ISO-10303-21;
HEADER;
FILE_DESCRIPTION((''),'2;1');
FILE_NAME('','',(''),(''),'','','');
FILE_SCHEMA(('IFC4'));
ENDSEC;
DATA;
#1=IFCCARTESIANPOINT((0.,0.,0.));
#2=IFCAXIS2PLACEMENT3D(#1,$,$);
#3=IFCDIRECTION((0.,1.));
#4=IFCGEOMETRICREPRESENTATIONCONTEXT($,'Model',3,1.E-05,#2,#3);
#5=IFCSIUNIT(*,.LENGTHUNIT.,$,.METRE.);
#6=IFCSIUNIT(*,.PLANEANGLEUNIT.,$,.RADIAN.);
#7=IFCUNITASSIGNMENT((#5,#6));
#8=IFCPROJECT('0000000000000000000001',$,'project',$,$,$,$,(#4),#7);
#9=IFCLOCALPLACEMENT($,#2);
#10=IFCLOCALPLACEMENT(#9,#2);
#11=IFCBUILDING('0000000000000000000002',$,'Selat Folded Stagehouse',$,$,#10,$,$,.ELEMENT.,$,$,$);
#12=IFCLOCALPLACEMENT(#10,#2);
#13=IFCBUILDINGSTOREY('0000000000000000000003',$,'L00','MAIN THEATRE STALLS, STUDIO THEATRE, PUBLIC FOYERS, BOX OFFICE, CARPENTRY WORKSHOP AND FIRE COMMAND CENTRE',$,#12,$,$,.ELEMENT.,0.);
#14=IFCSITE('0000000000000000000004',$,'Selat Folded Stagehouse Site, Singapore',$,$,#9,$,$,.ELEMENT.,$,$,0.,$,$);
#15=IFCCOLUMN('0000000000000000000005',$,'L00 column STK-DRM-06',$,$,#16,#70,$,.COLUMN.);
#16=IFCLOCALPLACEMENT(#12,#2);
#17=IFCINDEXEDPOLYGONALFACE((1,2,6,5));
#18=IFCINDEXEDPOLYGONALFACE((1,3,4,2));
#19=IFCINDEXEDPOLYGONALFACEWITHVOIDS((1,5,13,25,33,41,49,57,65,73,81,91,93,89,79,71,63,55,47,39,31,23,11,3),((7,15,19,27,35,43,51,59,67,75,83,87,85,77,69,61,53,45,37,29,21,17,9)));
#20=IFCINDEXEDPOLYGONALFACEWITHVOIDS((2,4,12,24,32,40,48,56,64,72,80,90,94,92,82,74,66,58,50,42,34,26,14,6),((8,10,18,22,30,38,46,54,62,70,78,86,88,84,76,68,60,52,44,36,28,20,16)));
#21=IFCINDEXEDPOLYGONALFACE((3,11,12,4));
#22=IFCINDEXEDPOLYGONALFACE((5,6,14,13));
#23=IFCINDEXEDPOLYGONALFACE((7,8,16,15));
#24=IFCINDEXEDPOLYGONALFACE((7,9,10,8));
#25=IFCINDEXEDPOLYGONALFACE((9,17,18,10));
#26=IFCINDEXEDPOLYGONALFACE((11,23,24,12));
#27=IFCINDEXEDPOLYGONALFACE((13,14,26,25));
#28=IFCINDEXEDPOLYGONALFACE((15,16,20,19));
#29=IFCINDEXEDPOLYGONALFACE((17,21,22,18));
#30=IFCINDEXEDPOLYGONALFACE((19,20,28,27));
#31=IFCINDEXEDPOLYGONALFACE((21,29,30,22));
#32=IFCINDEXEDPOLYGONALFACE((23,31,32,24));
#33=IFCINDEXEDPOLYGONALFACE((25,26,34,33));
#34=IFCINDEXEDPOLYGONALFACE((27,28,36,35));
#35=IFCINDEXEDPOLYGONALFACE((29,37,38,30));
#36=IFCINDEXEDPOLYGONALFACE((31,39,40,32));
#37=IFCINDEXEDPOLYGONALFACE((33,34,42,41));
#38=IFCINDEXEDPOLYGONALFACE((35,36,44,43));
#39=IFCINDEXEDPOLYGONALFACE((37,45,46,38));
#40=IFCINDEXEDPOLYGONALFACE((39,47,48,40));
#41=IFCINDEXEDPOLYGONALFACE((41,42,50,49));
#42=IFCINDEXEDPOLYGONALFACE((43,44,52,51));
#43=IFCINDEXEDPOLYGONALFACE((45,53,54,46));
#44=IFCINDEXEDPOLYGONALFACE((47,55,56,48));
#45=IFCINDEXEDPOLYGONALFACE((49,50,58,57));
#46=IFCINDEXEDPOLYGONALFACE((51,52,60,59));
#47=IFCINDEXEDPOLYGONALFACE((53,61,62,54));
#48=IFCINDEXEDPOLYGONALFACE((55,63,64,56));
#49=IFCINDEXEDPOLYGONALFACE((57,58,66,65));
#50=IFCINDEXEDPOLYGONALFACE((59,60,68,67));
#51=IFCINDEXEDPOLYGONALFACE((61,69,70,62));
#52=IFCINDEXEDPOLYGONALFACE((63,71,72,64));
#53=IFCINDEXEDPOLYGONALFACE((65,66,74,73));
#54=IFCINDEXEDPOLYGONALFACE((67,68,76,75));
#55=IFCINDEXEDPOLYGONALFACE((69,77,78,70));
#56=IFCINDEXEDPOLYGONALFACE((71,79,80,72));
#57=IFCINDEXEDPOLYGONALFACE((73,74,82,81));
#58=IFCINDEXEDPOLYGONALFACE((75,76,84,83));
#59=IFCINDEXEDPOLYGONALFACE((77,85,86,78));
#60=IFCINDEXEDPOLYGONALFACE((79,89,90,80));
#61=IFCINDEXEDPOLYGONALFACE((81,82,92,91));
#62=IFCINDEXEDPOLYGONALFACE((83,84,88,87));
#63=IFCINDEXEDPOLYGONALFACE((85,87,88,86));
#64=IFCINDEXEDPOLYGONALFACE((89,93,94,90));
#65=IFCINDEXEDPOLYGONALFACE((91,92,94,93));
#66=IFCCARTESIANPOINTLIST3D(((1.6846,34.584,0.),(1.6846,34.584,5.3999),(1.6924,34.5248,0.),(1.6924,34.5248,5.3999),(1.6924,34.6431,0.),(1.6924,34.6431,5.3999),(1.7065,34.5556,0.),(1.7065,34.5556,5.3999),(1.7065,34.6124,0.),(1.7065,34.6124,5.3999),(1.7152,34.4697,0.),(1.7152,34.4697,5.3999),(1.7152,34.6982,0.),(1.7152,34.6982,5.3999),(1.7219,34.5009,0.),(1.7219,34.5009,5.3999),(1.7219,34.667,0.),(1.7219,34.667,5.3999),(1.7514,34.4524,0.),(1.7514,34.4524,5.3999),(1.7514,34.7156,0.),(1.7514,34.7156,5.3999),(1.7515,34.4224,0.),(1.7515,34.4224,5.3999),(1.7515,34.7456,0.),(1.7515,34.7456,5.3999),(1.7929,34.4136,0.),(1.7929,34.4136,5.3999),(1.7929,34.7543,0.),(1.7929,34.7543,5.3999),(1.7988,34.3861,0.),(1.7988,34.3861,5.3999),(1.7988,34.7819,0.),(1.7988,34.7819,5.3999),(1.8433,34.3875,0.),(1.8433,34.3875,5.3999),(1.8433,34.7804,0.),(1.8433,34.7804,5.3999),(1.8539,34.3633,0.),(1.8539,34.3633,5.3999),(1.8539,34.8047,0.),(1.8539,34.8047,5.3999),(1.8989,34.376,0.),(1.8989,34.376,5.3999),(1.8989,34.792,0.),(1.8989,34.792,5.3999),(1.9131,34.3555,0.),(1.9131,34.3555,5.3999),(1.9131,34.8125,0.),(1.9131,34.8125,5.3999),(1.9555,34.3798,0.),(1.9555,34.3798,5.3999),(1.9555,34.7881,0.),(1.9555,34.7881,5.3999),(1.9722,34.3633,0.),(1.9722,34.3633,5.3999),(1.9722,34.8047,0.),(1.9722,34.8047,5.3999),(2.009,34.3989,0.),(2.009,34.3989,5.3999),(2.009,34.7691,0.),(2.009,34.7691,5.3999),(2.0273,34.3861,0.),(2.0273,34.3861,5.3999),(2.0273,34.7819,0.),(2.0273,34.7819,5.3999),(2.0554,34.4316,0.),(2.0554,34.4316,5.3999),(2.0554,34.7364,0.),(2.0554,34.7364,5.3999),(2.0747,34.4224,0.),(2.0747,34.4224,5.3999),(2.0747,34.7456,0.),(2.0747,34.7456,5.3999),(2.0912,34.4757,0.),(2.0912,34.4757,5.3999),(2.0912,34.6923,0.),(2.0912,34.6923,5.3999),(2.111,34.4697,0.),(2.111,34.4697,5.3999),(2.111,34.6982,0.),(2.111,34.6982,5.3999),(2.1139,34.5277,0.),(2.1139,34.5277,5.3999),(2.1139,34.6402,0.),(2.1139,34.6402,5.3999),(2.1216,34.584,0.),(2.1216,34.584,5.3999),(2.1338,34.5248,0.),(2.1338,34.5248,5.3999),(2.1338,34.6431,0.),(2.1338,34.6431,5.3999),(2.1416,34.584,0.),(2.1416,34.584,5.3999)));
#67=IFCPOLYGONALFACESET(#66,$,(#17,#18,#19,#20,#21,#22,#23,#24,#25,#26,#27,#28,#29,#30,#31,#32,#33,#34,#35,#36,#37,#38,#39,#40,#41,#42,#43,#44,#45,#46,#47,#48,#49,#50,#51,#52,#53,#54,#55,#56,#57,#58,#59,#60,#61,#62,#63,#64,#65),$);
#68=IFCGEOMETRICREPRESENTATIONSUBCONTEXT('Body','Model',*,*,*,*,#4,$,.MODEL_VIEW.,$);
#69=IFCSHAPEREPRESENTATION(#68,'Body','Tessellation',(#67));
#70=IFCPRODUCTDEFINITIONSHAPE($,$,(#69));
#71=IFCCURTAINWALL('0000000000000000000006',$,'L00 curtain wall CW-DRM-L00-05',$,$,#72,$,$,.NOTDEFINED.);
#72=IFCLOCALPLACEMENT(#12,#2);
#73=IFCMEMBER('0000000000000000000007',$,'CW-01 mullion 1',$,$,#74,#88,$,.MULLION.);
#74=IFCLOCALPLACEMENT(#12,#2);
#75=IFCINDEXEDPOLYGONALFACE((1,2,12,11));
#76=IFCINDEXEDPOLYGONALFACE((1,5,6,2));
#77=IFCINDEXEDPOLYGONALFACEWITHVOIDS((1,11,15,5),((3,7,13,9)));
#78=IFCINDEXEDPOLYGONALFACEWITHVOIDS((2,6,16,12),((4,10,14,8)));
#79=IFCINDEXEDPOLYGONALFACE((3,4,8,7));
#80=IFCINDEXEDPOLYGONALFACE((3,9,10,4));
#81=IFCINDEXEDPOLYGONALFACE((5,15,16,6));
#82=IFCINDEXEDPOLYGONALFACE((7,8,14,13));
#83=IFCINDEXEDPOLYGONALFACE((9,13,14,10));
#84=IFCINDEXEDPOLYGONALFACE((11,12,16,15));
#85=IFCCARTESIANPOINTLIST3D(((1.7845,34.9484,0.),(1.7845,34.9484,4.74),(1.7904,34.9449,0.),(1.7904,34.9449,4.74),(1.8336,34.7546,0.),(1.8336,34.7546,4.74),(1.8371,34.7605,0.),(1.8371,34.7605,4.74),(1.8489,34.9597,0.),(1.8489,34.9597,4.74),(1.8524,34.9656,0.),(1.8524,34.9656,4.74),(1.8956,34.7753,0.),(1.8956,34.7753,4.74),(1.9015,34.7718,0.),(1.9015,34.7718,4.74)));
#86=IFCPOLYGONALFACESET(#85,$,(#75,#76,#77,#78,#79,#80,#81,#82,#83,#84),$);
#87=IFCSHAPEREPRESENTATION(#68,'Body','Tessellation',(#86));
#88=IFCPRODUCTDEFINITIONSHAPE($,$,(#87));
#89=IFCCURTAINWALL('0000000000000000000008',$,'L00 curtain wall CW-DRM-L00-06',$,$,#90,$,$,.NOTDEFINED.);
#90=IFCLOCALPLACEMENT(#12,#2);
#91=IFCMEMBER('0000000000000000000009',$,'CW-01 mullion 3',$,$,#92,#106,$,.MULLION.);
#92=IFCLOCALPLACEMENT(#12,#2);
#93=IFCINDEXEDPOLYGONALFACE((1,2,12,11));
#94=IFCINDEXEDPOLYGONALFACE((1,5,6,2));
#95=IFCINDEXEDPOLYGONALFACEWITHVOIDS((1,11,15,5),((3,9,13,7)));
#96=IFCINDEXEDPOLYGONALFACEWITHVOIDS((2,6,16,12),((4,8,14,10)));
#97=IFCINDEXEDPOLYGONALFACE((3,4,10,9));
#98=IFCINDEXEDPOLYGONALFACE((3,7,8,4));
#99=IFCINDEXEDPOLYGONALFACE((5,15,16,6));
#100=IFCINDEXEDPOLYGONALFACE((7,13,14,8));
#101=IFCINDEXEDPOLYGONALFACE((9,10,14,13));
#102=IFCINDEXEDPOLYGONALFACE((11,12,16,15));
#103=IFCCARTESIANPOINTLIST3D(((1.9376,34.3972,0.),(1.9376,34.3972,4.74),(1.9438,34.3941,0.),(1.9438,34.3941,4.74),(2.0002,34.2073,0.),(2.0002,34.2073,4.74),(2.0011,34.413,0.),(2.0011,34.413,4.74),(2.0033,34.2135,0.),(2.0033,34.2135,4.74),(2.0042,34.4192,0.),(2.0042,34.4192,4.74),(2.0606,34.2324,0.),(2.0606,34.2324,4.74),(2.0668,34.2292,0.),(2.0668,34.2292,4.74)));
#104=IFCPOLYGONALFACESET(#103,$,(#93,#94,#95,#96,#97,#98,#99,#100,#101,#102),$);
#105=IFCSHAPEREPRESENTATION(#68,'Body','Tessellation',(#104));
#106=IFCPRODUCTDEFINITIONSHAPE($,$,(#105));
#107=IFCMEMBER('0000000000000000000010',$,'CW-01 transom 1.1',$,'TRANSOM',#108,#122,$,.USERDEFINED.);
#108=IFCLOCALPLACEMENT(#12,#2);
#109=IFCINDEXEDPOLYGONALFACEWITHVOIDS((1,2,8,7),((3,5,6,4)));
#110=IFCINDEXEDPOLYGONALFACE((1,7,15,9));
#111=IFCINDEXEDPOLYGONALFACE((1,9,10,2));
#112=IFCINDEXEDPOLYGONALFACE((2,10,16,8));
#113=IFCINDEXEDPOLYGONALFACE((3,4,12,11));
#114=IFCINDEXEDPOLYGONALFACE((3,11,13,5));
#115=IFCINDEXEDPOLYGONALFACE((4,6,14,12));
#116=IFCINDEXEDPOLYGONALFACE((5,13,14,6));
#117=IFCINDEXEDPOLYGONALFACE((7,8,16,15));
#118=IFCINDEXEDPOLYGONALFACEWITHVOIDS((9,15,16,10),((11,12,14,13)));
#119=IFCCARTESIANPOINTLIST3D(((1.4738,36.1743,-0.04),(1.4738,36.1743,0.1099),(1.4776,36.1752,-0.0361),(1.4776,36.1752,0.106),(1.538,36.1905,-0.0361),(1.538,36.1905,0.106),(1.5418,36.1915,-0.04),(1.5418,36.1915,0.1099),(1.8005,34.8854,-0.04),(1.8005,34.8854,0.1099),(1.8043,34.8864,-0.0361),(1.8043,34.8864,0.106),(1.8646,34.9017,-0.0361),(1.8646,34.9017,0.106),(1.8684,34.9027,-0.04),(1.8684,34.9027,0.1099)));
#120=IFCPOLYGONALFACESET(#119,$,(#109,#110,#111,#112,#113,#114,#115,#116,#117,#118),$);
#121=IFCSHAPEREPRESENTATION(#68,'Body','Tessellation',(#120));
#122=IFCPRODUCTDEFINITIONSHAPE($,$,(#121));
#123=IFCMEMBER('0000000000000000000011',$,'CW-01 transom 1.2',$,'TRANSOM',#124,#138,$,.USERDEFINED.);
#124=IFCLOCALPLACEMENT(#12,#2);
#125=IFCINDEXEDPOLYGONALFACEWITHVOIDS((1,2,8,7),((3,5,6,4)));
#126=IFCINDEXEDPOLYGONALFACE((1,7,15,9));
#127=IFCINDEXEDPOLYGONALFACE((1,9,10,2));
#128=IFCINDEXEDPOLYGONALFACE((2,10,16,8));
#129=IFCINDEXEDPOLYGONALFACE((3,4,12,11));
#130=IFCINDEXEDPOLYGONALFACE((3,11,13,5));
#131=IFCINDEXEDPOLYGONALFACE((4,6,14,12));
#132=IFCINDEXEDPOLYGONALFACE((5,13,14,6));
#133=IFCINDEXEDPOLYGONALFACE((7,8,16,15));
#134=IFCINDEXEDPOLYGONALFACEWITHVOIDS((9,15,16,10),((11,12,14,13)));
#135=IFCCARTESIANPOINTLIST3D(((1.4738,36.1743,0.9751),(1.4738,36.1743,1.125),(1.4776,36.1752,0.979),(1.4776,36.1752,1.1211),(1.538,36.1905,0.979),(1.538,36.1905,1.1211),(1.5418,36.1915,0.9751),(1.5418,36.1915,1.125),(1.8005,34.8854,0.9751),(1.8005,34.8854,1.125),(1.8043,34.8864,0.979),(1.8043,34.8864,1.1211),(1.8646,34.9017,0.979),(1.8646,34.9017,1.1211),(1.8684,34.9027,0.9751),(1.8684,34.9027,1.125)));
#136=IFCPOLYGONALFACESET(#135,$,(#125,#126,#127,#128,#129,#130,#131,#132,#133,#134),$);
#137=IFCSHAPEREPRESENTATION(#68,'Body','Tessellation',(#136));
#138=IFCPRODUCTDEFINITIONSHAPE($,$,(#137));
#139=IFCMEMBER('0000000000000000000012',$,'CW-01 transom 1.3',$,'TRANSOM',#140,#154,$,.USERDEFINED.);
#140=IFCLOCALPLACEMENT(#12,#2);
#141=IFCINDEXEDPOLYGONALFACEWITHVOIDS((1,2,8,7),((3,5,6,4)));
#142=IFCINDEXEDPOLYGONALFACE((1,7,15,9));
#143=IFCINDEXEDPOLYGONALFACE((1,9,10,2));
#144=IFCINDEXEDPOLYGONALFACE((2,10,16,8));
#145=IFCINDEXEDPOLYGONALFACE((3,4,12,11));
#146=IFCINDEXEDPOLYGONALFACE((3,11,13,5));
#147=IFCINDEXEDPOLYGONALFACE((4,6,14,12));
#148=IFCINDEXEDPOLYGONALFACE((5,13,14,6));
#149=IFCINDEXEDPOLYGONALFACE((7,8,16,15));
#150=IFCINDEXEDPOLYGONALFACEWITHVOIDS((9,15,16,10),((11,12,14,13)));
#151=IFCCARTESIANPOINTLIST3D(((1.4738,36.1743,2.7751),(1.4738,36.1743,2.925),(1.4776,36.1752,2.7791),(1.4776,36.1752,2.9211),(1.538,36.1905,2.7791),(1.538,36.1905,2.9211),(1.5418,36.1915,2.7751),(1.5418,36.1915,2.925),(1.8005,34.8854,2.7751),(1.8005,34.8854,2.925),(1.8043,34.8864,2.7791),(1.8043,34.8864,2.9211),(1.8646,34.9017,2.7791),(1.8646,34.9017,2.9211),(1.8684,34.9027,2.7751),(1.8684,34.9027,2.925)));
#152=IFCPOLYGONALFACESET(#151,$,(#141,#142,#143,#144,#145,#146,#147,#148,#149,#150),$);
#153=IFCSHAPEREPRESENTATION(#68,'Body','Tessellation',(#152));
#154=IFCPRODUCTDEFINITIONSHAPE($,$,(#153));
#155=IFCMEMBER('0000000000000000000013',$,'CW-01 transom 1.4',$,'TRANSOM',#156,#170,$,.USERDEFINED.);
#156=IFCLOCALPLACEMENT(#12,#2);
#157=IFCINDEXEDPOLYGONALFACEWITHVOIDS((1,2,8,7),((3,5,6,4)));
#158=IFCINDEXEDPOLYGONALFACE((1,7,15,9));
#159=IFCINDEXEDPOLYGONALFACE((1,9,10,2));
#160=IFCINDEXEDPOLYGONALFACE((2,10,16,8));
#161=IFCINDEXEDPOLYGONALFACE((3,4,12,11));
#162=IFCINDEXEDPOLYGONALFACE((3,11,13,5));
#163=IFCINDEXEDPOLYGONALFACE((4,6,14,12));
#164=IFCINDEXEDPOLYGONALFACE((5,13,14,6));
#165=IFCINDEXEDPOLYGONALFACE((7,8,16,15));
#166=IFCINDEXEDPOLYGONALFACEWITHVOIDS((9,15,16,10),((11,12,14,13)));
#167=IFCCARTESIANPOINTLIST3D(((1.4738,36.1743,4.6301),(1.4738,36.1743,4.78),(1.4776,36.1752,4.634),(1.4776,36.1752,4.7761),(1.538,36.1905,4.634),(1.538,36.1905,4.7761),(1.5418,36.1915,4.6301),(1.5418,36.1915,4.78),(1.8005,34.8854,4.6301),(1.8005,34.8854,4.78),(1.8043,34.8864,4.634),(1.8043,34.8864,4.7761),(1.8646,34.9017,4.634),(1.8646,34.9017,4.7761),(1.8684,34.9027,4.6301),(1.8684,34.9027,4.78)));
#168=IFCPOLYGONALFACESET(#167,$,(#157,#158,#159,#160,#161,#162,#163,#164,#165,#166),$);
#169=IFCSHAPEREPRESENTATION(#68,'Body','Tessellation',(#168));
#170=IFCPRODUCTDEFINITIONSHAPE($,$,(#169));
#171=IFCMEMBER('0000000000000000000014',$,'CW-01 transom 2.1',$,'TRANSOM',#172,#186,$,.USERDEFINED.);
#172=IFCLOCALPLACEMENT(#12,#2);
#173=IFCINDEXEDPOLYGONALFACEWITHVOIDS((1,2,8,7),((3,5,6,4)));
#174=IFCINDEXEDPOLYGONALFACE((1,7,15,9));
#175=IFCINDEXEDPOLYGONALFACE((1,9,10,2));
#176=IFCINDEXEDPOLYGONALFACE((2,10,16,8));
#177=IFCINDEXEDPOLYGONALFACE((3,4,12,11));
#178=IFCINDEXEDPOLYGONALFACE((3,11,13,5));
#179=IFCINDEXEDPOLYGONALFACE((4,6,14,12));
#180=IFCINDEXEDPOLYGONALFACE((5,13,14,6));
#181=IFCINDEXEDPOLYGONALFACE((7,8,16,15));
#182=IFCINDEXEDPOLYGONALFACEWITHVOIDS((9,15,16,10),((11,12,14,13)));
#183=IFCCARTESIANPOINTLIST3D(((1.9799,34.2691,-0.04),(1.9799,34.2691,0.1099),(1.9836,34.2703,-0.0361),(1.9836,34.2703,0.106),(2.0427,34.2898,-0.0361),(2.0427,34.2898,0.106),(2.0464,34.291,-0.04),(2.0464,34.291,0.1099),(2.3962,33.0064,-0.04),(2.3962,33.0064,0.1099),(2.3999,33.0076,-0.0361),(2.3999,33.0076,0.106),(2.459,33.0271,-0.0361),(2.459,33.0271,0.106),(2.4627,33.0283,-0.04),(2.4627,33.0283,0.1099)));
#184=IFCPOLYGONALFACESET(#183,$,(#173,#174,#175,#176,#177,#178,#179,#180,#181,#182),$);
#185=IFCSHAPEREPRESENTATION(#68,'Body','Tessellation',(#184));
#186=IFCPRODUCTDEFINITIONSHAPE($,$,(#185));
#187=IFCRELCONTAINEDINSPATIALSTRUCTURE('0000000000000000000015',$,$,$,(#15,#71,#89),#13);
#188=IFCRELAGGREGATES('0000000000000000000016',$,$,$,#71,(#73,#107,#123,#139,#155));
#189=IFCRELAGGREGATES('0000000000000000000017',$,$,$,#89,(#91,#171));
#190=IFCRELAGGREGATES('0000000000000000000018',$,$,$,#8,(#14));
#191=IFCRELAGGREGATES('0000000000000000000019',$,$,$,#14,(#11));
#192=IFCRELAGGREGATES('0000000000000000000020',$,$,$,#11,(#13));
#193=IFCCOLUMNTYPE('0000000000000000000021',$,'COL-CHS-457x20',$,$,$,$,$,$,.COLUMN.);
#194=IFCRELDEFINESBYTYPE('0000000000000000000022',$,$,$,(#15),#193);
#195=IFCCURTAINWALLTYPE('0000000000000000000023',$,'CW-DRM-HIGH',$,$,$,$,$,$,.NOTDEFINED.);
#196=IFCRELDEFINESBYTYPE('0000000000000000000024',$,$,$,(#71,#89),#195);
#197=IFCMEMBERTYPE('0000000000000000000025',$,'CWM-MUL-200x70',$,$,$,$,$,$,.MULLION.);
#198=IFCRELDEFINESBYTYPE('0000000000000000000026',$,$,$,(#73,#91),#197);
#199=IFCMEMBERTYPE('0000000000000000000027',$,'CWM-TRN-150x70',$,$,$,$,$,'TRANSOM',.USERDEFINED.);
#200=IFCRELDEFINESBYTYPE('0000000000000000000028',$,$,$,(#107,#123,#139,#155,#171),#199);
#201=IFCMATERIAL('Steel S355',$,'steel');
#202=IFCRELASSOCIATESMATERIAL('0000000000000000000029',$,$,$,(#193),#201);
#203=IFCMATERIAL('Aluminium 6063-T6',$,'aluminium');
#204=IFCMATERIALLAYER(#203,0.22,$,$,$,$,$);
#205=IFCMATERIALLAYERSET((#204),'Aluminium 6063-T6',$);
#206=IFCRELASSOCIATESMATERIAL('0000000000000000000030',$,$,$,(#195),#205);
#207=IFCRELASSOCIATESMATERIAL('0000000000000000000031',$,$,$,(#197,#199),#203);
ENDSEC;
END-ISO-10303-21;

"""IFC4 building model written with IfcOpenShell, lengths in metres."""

from ifc_helpers import new_model, si_unit, direction, frame, origin, origin_2d, place, context, subcontext, project, spatial, hollow_rectangle, hollow_circle, extrude, material, layer, layer_set, material_profile, profile_set, type_object, element, aggregate, save


model = new_model("IFC4")

# Units and contexts
model_context = context("Model", 3, precision=1e-05, world=origin(), true_north=direction((0.0, 1.0)))
body_context = subcontext(model_context, "Body", "Model", "MODEL_VIEW")
ifc_project = project(units=[si_unit("LENGTHUNIT", "METRE"), si_unit("PLANEANGLEUNIT", "RADIAN")], contexts=[model_context])

# Site, building, storey
site_placement = place(None, origin())
site = spatial("IfcSite", under=ifc_project, at=site_placement, Name="Selat Folded Stagehouse Site, Singapore", CompositionType="ELEMENT", RefElevation=0.0)
building_placement = place(site_placement, origin())
building = spatial("IfcBuilding", under=site, at=building_placement, Name="Selat Folded Stagehouse", CompositionType="ELEMENT")
storey_placement = place(building_placement, origin())
storey = spatial("IfcBuildingStorey", under=building, at=storey_placement, Name="L00", Description="MAIN THEATRE STALLS, STUDIO THEATRE, PUBLIC FOYERS, BOX OFFICE, CARPENTRY WORKSHOP AND FIRE COMMAND CENTRE", CompositionType="ELEMENT", Elevation=0.0)

# Column
ifc_material_1 = material(Name="Steel S355", Category="steel")
ifc_material_profile_1 = material_profile(ifc_material_1, hollow_circle(Radius=0.2285, WallThickness=0.02, at=origin_2d()), Name="CHS 457.0x20.0")
ifc_profile_set_1 = profile_set([ifc_material_profile_1], Name="Steel S355")
column_type = type_object("IfcColumnType", Name="COL-CHS-457x20", PredefinedType="COLUMN", material=ifc_profile_set_1)
column_placement = place(storey_placement, frame((1.9131, 34.584, 0.0), z_axis=(0.0, 0.0, 1.0), x_axis=(1.0, 0.0, 0.0)))
element("IfcColumn", 1, at=column_placement, inside=storey, type_object=column_type, Name="L00 column STK-DRM-06", PredefinedType="COLUMN", context=body_context, shape_type="SweptSolid", body=[
    extrude(hollow_circle(Radius=0.2285, WallThickness=0.02, at=origin_2d()), origin(), (0.0, 0.0, 1.0), 5.3999),
])

# Curtain walls, members
ifc_material_2 = material(Name="Aluminium 6063-T6", Category="aluminium")
ifc_layer_1 = layer(ifc_material_2, 0.22)
ifc_layer_set_1 = layer_set([ifc_layer_1], Name="Aluminium 6063-T6")
curtain_wall_type = type_object("IfcCurtainWallType", Name="CW-DRM-HIGH", PredefinedType="NOTDEFINED", material=ifc_layer_set_1)
curtain_wall_1_placement = place(storey_placement, origin())
curtain_wall_1 = element("IfcCurtainWall", 2, at=curtain_wall_1_placement, inside=storey, type_object=curtain_wall_type, Name="L00 curtain wall CW-DRM-L00-05", PredefinedType="NOTDEFINED")
ifc_material_profile_2 = material_profile(ifc_material_2, hollow_rectangle(XDim=0.0701, YDim=0.2, WallThickness=0.0049, at=origin_2d()), Name="ALU 200x70x5.0")
ifc_profile_set_2 = profile_set([ifc_material_profile_2], Name="Aluminium 6063-T6")
member_type_1 = type_object("IfcMemberType", Name="CWM-MUL-200x70", PredefinedType="MULLION", material=ifc_profile_set_2)
member_1_placement = place(storey_placement, frame((1.843, 34.8601, 0.0), z_axis=(0.0, 0.0, 1.0), x_axis=(-0.969367, -0.245618, 0.0)))
member_1 = element("IfcMember", 3, at=member_1_placement, type_object=member_type_1, Name="CW-01 mullion 1", PredefinedType="MULLION", context=body_context, shape_type="SweptSolid", body=[
    extrude(hollow_rectangle(XDim=0.0701, YDim=0.2, WallThickness=0.0049, at=origin_2d()), origin(), (0.0, 0.0, 1.0), 4.74),
])
curtain_wall_2_placement = place(storey_placement, origin())
curtain_wall_2 = element("IfcCurtainWall", 4, at=curtain_wall_2_placement, inside=storey, type_object=curtain_wall_type, Name="L00 curtain wall CW-DRM-L00-06", PredefinedType="NOTDEFINED")
member_2_placement = place(storey_placement, frame((2.0022, 34.3132, 0.0), z_axis=(0.0, 0.0, 1.0), x_axis=(-0.949755, -0.312995, 0.0)))
member_2 = element("IfcMember", 5, at=member_2_placement, type_object=member_type_1, Name="CW-01 mullion 3", PredefinedType="MULLION", context=body_context, shape_type="SweptSolid", body=[
    extrude(hollow_rectangle(XDim=0.0701, YDim=0.2, WallThickness=0.0049, at=origin_2d()), origin(), (0.0, 0.0, 1.0), 4.74),
])

# Members
ifc_material_profile_3 = material_profile(ifc_material_2, hollow_rectangle(XDim=0.0701, YDim=0.1499, WallThickness=0.0039, at=origin_2d()), Name="ALU 150x70x4.0")
ifc_profile_set_3 = profile_set([ifc_material_profile_3], Name="Aluminium 6063-T6")
member_type_2 = type_object("IfcMemberType", Name="CWM-TRN-150x70", ElementType="TRANSOM", PredefinedType="USERDEFINED", material=ifc_profile_set_3)
member_3_placement = place(storey_placement, frame((1.8345, 34.894, 0.0349), z_axis=(-0.245688, 0.969349, 0.0), x_axis=(-0.969349, -0.245688, 0.0)))
member_3 = element("IfcMember", 6, at=member_3_placement, type_object=member_type_2, Name="CW-01 transom 1.1", ObjectType="TRANSOM", PredefinedType="USERDEFINED", context=body_context, shape_type="SweptSolid", body=[
    extrude(hollow_rectangle(XDim=0.0701, YDim=0.1499, WallThickness=0.0039, at=origin_2d()), origin(), (0.0, 0.0, 1.0), 1.3296),
])
member_4_placement = place(storey_placement, frame((1.8345, 34.894, 1.05), z_axis=(-0.245688, 0.969349, 0.0), x_axis=(-0.969349, -0.245688, 0.0)))
member_4 = element("IfcMember", 7, at=member_4_placement, type_object=member_type_2, Name="CW-01 transom 1.2", ObjectType="TRANSOM", PredefinedType="USERDEFINED", context=body_context, shape_type="SweptSolid", body=[
    extrude(hollow_rectangle(XDim=0.0701, YDim=0.1499, WallThickness=0.0039, at=origin_2d()), origin(), (0.0, 0.0, 1.0), 1.3296),
])
member_5_placement = place(storey_placement, frame((1.8345, 34.894, 2.8501), z_axis=(-0.245688, 0.969349, 0.0), x_axis=(-0.969349, -0.245688, 0.0)))
member_5 = element("IfcMember", 8, at=member_5_placement, type_object=member_type_2, Name="CW-01 transom 1.3", ObjectType="TRANSOM", PredefinedType="USERDEFINED", context=body_context, shape_type="SweptSolid", body=[
    extrude(hollow_rectangle(XDim=0.0701, YDim=0.1499, WallThickness=0.0039, at=origin_2d()), origin(), (0.0, 0.0, 1.0), 1.3296),
])
member_6_placement = place(storey_placement, frame((1.8345, 34.894, 4.7051), z_axis=(-0.245688, 0.969349, 0.0), x_axis=(-0.969349, -0.245688, 0.0)))
member_6 = element("IfcMember", 9, at=member_6_placement, type_object=member_type_2, Name="CW-01 transom 1.4", ObjectType="TRANSOM", PredefinedType="USERDEFINED", context=body_context, shape_type="SweptSolid", body=[
    extrude(hollow_rectangle(XDim=0.0701, YDim=0.1499, WallThickness=0.0039, at=origin_2d()), origin(), (0.0, 0.0, 1.0), 1.3296),
])
aggregate(curtain_wall_1, [member_1, member_3, member_4, member_5, member_6])
member_7_placement = place(storey_placement, frame((2.4294, 33.0173, 0.0349), z_axis=(-0.313086, 0.949725, 0.0), x_axis=(-0.949725, -0.313086, 0.0)))
member_7 = element("IfcMember", 10, at=member_7_placement, type_object=member_type_2, Name="CW-01 transom 2.1", ObjectType="TRANSOM", PredefinedType="USERDEFINED", context=body_context, shape_type="SweptSolid", body=[
    extrude(hollow_rectangle(XDim=0.0701, YDim=0.1499, WallThickness=0.0039, at=origin_2d()), origin(), (0.0, 0.0, 1.0), 1.3296),
])

aggregate(curtain_wall_2, [member_2, member_7])

save(model, "model.ifc")
